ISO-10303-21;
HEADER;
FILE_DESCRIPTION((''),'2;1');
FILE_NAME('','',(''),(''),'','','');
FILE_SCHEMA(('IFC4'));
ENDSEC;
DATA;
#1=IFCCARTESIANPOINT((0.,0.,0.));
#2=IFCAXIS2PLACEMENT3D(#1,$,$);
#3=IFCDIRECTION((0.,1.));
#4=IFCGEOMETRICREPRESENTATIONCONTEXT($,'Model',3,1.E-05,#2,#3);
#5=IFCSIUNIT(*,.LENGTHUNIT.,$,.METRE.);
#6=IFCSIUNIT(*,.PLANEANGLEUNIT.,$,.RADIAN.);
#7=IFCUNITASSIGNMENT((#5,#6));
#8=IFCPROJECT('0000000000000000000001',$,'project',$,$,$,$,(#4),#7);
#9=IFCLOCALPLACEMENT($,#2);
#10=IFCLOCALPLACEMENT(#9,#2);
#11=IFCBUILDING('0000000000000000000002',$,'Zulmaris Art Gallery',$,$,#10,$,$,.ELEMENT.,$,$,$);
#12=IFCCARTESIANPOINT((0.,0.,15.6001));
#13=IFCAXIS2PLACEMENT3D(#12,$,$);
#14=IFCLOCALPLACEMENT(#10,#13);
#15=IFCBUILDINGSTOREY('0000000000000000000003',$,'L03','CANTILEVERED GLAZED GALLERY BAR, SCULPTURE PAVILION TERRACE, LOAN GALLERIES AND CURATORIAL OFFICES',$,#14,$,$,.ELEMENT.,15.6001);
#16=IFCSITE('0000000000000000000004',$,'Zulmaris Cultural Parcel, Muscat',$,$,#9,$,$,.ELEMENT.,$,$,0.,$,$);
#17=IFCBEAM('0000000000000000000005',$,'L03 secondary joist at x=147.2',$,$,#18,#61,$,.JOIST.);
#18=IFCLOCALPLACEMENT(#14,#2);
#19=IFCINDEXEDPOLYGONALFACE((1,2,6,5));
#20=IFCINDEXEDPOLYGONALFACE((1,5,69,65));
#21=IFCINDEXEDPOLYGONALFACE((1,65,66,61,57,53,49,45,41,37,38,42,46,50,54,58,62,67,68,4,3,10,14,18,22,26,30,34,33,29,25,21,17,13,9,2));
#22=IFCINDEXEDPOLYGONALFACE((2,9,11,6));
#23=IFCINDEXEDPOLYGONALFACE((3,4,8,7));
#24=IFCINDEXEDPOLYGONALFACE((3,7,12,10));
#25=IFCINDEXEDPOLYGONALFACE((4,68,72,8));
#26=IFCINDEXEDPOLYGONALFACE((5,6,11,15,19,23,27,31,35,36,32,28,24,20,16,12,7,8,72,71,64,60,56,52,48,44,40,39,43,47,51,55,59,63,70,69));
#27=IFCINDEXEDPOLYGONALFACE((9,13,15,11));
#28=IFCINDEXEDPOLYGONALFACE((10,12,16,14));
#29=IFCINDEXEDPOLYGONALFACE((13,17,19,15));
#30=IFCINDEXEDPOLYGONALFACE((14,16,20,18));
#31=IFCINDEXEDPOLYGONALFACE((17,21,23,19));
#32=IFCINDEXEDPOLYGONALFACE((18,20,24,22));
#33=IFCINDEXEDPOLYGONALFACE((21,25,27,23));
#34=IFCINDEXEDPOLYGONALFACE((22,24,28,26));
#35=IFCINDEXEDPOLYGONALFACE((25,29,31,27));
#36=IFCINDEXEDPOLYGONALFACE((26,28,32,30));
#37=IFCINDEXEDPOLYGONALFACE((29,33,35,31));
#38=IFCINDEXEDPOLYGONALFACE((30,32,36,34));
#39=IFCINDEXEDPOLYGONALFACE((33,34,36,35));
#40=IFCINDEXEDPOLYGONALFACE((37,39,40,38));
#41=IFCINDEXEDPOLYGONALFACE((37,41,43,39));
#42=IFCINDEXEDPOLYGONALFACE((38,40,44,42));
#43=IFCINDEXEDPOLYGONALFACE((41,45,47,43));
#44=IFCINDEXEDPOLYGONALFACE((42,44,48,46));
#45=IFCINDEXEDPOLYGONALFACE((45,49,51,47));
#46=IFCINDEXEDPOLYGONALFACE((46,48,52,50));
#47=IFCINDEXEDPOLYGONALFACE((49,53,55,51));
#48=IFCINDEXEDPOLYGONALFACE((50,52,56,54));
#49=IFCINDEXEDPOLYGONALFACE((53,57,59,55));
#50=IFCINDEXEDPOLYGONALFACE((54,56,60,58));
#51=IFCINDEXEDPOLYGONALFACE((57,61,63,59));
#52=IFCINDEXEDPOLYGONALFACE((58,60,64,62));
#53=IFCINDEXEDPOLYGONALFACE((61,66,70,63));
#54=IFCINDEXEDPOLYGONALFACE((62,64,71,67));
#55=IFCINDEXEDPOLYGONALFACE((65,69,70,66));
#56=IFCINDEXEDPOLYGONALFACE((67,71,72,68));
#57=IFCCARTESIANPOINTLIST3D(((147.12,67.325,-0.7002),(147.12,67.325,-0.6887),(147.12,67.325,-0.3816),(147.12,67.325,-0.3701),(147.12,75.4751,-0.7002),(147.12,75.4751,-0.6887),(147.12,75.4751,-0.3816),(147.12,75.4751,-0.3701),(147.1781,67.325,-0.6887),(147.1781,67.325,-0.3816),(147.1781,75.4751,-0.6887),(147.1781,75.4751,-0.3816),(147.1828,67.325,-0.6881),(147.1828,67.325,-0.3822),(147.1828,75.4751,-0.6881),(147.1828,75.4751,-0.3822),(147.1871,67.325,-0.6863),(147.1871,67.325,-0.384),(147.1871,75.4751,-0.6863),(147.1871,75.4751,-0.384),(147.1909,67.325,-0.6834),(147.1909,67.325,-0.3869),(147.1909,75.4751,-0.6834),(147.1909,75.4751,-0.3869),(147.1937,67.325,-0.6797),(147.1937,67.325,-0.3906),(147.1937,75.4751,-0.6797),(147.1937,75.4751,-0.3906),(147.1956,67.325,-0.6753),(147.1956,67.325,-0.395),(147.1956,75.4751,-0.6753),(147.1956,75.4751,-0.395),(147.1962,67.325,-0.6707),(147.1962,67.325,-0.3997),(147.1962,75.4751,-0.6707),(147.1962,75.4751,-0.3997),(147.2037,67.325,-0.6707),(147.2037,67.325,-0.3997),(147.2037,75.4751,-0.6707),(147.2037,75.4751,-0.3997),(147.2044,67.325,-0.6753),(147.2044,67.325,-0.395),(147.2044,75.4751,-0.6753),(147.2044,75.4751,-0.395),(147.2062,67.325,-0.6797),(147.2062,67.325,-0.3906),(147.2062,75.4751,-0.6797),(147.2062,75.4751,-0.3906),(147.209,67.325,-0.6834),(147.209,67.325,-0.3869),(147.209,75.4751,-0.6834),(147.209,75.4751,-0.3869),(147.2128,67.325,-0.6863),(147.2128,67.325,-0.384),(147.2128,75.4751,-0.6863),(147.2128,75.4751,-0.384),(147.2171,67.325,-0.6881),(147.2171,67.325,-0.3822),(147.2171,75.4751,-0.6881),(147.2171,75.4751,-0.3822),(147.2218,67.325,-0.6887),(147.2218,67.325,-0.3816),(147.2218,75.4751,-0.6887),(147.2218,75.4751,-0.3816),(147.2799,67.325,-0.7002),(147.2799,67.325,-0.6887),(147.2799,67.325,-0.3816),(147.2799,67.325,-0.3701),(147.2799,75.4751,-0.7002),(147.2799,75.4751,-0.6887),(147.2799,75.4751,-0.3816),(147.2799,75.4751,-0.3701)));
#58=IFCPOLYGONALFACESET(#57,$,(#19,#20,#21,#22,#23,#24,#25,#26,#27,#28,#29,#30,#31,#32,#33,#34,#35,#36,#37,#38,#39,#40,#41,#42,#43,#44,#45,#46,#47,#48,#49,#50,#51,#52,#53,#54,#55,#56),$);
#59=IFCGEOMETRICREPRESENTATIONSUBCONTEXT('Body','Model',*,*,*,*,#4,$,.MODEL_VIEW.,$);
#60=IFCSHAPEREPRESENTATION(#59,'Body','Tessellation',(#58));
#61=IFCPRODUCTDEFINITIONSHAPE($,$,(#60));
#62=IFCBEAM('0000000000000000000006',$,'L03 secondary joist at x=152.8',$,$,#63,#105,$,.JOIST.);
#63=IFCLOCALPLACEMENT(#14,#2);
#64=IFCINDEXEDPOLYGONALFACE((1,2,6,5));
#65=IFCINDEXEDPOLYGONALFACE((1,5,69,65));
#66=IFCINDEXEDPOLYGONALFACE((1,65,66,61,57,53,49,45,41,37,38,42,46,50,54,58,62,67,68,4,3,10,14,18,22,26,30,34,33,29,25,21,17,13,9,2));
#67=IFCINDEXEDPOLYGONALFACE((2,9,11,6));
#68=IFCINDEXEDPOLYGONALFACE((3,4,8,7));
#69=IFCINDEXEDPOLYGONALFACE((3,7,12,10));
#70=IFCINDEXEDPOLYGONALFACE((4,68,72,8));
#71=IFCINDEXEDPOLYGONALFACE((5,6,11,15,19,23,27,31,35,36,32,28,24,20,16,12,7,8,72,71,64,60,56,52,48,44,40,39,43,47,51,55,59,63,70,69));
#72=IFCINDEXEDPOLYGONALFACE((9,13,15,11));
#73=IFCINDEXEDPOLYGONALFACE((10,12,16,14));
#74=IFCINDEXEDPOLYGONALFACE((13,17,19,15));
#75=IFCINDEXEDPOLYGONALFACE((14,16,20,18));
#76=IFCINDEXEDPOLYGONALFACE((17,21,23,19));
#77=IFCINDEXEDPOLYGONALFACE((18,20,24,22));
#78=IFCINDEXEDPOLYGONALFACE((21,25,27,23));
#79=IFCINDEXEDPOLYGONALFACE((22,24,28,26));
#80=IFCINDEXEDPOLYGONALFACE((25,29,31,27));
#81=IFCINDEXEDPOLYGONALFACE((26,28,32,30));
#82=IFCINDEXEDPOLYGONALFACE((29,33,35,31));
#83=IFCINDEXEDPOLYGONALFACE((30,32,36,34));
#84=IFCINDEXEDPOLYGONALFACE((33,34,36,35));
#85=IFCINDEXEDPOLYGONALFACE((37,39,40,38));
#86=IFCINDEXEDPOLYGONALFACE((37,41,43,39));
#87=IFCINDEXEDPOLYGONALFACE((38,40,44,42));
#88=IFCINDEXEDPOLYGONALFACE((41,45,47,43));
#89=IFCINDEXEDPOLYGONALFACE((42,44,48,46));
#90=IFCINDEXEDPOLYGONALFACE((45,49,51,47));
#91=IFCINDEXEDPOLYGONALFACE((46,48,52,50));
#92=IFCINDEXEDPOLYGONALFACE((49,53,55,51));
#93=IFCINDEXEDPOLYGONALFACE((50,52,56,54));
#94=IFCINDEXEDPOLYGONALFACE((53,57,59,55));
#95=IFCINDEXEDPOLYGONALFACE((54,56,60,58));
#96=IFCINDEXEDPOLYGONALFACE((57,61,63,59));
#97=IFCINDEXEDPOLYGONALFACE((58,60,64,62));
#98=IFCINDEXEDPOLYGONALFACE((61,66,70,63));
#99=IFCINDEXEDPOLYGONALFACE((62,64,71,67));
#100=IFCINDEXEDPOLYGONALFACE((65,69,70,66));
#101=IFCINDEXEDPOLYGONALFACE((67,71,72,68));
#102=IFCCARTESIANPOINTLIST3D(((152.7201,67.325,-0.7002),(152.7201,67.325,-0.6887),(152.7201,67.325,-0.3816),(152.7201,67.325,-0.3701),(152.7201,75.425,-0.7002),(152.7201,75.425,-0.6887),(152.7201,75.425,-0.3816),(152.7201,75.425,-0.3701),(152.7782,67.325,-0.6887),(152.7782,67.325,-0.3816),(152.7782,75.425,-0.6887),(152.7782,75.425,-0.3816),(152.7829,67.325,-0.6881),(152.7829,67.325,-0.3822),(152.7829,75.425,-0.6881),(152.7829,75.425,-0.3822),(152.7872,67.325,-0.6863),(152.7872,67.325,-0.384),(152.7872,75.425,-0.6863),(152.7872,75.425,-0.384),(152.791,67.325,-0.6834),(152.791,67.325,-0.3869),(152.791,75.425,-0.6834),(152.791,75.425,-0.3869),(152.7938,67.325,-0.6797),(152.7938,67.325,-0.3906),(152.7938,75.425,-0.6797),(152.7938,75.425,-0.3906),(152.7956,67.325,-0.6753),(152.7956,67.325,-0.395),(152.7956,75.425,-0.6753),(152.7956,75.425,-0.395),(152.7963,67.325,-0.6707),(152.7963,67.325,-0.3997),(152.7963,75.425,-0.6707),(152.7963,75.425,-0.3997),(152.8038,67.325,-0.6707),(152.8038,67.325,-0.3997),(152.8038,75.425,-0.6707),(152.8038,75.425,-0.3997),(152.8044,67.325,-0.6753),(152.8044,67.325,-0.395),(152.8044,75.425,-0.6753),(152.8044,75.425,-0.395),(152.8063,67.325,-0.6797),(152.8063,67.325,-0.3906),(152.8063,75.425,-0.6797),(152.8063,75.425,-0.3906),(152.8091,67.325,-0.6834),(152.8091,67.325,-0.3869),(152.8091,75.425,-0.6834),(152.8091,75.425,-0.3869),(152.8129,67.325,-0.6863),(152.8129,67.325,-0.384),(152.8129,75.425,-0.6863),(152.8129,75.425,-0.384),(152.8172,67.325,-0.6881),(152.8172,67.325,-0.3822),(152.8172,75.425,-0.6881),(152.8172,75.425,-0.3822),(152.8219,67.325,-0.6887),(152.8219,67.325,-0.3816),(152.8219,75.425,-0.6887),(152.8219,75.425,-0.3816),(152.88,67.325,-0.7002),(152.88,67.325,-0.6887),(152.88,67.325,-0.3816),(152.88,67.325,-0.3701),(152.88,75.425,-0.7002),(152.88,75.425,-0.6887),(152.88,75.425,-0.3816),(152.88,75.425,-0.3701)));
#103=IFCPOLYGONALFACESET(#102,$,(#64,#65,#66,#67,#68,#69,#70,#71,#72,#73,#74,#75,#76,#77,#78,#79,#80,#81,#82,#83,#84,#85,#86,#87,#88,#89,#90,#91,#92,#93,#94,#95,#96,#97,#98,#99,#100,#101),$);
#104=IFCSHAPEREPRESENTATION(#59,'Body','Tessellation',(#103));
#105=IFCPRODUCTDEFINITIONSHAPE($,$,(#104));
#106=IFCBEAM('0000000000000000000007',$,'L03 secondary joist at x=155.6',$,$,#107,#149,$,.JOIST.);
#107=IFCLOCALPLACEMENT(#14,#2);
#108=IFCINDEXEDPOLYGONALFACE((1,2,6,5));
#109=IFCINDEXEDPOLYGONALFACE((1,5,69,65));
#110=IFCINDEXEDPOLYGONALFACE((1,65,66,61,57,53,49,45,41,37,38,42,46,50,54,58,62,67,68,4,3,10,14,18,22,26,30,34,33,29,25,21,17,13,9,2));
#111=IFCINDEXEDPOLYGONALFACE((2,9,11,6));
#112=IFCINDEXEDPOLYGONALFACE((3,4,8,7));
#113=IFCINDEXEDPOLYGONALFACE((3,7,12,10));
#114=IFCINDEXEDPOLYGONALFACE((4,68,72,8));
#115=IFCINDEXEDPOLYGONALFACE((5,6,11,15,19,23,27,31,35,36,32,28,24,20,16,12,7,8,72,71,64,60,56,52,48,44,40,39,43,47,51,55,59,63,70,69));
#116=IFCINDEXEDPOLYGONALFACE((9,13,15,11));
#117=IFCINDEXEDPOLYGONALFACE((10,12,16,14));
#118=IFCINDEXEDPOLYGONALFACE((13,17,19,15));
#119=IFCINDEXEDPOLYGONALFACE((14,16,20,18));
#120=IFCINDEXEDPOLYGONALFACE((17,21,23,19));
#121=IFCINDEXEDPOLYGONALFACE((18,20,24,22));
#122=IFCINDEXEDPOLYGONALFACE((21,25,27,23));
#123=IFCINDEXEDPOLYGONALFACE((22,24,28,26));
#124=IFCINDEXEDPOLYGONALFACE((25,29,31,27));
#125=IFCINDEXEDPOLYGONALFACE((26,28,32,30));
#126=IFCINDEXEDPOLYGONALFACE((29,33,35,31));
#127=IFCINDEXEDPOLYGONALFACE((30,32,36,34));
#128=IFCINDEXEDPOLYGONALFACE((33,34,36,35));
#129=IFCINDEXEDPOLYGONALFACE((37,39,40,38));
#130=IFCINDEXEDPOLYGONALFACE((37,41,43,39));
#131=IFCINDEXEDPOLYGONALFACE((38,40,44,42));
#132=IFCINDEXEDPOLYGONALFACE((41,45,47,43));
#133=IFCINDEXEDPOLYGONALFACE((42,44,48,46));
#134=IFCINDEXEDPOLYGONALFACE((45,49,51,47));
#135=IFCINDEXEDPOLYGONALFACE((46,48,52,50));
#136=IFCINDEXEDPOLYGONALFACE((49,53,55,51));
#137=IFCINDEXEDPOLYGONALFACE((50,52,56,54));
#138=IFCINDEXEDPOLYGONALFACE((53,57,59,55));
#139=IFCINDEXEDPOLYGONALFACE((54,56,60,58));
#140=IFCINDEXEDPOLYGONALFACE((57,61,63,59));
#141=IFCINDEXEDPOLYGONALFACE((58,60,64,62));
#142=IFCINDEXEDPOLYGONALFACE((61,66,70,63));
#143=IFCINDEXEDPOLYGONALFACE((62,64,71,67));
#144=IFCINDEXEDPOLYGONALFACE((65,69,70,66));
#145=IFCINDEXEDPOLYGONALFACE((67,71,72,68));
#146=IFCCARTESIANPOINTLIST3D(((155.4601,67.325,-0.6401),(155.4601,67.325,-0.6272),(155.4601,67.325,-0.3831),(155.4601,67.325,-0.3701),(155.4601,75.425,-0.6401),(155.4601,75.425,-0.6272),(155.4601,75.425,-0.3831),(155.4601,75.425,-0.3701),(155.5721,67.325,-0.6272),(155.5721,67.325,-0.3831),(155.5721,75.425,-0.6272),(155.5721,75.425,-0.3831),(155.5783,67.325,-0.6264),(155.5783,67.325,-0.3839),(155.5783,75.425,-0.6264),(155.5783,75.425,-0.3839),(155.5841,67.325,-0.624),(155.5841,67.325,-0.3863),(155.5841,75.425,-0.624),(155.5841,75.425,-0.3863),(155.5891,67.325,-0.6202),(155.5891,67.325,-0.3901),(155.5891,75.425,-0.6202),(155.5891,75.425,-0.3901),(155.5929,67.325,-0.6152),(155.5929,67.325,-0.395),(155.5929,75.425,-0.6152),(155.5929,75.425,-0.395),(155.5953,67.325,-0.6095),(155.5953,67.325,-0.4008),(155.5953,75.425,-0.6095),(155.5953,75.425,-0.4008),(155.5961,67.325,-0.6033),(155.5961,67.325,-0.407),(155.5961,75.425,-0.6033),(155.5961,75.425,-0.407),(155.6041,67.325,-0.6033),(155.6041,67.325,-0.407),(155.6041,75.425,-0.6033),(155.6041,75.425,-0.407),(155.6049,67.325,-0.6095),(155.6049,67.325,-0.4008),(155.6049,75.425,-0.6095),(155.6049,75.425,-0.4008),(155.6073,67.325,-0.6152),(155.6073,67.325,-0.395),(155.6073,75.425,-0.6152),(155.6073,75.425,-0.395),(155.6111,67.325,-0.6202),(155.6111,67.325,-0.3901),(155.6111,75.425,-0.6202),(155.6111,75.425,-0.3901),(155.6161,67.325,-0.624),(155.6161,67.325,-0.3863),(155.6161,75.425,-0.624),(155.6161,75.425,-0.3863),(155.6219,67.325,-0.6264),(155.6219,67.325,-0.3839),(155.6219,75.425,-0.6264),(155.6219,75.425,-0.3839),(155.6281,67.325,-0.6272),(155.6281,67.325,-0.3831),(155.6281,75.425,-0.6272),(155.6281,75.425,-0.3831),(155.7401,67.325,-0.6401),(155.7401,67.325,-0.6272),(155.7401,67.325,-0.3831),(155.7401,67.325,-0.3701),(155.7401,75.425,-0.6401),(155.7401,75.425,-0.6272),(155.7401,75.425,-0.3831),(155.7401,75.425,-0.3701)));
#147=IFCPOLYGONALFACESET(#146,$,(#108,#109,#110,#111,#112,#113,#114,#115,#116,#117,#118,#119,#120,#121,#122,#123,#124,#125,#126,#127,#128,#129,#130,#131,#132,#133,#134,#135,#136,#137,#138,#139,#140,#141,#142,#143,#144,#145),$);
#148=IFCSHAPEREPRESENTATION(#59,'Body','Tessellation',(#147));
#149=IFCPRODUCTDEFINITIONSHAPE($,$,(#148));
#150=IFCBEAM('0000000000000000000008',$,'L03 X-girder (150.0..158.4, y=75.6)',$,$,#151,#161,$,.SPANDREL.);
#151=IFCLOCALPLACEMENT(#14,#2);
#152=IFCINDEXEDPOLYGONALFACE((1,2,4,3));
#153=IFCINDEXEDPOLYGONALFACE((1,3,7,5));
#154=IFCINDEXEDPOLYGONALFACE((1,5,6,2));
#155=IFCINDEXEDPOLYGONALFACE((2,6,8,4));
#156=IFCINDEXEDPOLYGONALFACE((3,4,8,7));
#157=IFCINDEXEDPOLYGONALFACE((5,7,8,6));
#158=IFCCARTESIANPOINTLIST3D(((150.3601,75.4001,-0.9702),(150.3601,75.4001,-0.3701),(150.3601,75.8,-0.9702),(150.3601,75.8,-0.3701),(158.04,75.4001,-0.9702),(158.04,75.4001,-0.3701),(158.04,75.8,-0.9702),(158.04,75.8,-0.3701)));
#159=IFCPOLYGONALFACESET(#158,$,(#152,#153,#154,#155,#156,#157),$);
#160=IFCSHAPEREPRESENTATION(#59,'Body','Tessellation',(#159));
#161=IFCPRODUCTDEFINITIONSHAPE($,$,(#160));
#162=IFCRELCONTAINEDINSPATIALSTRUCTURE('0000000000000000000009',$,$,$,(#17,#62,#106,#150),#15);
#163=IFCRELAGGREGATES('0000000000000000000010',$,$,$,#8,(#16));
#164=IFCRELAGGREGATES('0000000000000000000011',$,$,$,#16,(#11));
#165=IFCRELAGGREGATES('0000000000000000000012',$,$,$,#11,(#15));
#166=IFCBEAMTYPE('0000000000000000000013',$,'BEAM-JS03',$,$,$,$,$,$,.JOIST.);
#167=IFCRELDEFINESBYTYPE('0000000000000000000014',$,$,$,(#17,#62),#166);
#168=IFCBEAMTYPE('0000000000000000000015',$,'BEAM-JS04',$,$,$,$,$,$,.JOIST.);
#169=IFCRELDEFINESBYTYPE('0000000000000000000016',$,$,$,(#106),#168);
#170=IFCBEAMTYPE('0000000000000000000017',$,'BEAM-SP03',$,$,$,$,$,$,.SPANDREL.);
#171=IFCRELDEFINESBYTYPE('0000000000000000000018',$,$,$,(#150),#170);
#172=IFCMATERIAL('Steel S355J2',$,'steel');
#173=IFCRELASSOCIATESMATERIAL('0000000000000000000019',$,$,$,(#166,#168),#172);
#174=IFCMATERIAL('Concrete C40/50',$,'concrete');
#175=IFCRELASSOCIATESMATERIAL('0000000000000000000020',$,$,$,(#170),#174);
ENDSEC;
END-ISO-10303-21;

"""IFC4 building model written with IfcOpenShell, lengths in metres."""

from ifc_helpers import new_model, si_unit, direction, frame, origin, origin_2d, place, context, subcontext, project, spatial, rectangle, i_section, extrude, material, material_profile, profile_set, type_object, element, save


model = new_model("IFC4")

# Units and contexts
model_context = context("Model", 3, precision=1e-05, world=origin(), true_north=direction((0.0, 1.0)))
body_context = subcontext(model_context, "Body", "Model", "MODEL_VIEW")
ifc_project = project(units=[si_unit("LENGTHUNIT", "METRE"), si_unit("PLANEANGLEUNIT", "RADIAN")], contexts=[model_context])

# Site, building, storey
site_placement = place(None, origin())
site = spatial("IfcSite", under=ifc_project, at=site_placement, Name="Zulmaris Cultural Parcel, Muscat", CompositionType="ELEMENT", RefElevation=0.0)
building_placement = place(site_placement, origin())
building = spatial("IfcBuilding", under=site, at=building_placement, Name="Zulmaris Art Gallery", CompositionType="ELEMENT")
storey_placement = place(building_placement, frame((0.0, 0.0, 15.6001)))
storey = spatial("IfcBuildingStorey", under=building, at=storey_placement, Name="L03", Description="CANTILEVERED GLAZED GALLERY BAR, SCULPTURE PAVILION TERRACE, LOAN GALLERIES AND CURATORIAL OFFICES", CompositionType="ELEMENT", Elevation=15.6001)

# Shared definitions
ifc_material_1 = material(Name="Concrete C40/50", Category="concrete")

# Beams
ifc_material_2 = material(Name="Steel S355J2", Category="steel")
ifc_material_profile_1 = material_profile(ifc_material_2, i_section(OverallWidth=0.1599, OverallDepth=0.3301, WebThickness=0.0076, FlangeThickness=0.0115, FilletRadius=0.0181, at=origin_2d()), Name="IPE 330")
ifc_profile_set_1 = profile_set([ifc_material_profile_1], Name="Steel S355J2")
beam_type_1 = type_object("IfcBeamType", Name="BEAM-JS03", PredefinedType="JOIST", material=ifc_profile_set_1)
beam_1_placement = place(storey_placement, frame((147.2, 67.325, -0.5352), z_axis=(0.0, 1.0, 0.0), x_axis=(-1.0, 0.0, 0.0)))
element("IfcBeam", 1, at=beam_1_placement, inside=storey, type_object=beam_type_1, Name="L03 secondary joist at x=147.2", PredefinedType="JOIST", context=body_context, shape_type="SweptSolid", body=[
    extrude(i_section(OverallWidth=0.1599, OverallDepth=0.3301, WebThickness=0.0076, FlangeThickness=0.0115, FilletRadius=0.0181, at=origin_2d()), origin(), (0.0, 0.0, 1.0), 8.1501),
])
beam_2_placement = place(storey_placement, frame((152.8, 67.325, -0.5352), z_axis=(0.0, 1.0, 0.0), x_axis=(-1.0, 0.0, 0.0)))
element("IfcBeam", 2, at=beam_2_placement, inside=storey, type_object=beam_type_1, Name="L03 secondary joist at x=152.8", PredefinedType="JOIST", context=body_context, shape_type="SweptSolid", body=[
    extrude(i_section(OverallWidth=0.1599, OverallDepth=0.3301, WebThickness=0.0076, FlangeThickness=0.0115, FilletRadius=0.0181, at=origin_2d()), origin(), (0.0, 0.0, 1.0), 8.1001),
])
ifc_material_profile_2 = material_profile(ifc_material_2, i_section(OverallWidth=0.28, OverallDepth=0.27, WebThickness=0.0081, FlangeThickness=0.0129, FilletRadius=0.0239, at=origin_2d()), Name="HEA 280")
ifc_profile_set_2 = profile_set([ifc_material_profile_2], Name="Steel S355J2")
beam_type_2 = type_object("IfcBeamType", Name="BEAM-JS04", PredefinedType="JOIST", material=ifc_profile_set_2)
beam_3_placement = place(storey_placement, frame((155.6001, 67.325, -0.5051), z_axis=(0.0, 1.0, 0.0), x_axis=(-1.0, 0.0, 0.0)))
element("IfcBeam", 3, at=beam_3_placement, inside=storey, type_object=beam_type_2, Name="L03 secondary joist at x=155.6", PredefinedType="JOIST", context=body_context, shape_type="SweptSolid", body=[
    extrude(i_section(OverallWidth=0.28, OverallDepth=0.27, WebThickness=0.0081, FlangeThickness=0.0129, FilletRadius=0.0239, at=origin_2d()), origin(), (0.0, 0.0, 1.0), 8.1001),
])
ifc_material_profile_3 = material_profile(ifc_material_1, rectangle(XDim=0.3999, YDim=0.6001, at=origin_2d()), Name="RC 400x600")
ifc_profile_set_3 = profile_set([ifc_material_profile_3], Name="Concrete C40/50")
beam_type_3 = type_object("IfcBeamType", Name="BEAM-SP03", PredefinedType="SPANDREL", material=ifc_profile_set_3)
beam_4_placement = place(storey_placement, frame((150.3601, 75.6001, -0.6702), z_axis=(1.0, 0.0, 0.0), x_axis=(0.0, 1.0, 0.0)))
element("IfcBeam", 4, at=beam_4_placement, inside=storey, type_object=beam_type_3, Name="L03 X-girder (150.0..158.4, y=75.6)", PredefinedType="SPANDREL", context=body_context, shape_type="SweptSolid", body=[
    extrude(rectangle(XDim=0.3999, YDim=0.6001, at=origin_2d()), origin(), (0.0, 0.0, 1.0), 7.6799),
])

save(model, "model.ifc")
